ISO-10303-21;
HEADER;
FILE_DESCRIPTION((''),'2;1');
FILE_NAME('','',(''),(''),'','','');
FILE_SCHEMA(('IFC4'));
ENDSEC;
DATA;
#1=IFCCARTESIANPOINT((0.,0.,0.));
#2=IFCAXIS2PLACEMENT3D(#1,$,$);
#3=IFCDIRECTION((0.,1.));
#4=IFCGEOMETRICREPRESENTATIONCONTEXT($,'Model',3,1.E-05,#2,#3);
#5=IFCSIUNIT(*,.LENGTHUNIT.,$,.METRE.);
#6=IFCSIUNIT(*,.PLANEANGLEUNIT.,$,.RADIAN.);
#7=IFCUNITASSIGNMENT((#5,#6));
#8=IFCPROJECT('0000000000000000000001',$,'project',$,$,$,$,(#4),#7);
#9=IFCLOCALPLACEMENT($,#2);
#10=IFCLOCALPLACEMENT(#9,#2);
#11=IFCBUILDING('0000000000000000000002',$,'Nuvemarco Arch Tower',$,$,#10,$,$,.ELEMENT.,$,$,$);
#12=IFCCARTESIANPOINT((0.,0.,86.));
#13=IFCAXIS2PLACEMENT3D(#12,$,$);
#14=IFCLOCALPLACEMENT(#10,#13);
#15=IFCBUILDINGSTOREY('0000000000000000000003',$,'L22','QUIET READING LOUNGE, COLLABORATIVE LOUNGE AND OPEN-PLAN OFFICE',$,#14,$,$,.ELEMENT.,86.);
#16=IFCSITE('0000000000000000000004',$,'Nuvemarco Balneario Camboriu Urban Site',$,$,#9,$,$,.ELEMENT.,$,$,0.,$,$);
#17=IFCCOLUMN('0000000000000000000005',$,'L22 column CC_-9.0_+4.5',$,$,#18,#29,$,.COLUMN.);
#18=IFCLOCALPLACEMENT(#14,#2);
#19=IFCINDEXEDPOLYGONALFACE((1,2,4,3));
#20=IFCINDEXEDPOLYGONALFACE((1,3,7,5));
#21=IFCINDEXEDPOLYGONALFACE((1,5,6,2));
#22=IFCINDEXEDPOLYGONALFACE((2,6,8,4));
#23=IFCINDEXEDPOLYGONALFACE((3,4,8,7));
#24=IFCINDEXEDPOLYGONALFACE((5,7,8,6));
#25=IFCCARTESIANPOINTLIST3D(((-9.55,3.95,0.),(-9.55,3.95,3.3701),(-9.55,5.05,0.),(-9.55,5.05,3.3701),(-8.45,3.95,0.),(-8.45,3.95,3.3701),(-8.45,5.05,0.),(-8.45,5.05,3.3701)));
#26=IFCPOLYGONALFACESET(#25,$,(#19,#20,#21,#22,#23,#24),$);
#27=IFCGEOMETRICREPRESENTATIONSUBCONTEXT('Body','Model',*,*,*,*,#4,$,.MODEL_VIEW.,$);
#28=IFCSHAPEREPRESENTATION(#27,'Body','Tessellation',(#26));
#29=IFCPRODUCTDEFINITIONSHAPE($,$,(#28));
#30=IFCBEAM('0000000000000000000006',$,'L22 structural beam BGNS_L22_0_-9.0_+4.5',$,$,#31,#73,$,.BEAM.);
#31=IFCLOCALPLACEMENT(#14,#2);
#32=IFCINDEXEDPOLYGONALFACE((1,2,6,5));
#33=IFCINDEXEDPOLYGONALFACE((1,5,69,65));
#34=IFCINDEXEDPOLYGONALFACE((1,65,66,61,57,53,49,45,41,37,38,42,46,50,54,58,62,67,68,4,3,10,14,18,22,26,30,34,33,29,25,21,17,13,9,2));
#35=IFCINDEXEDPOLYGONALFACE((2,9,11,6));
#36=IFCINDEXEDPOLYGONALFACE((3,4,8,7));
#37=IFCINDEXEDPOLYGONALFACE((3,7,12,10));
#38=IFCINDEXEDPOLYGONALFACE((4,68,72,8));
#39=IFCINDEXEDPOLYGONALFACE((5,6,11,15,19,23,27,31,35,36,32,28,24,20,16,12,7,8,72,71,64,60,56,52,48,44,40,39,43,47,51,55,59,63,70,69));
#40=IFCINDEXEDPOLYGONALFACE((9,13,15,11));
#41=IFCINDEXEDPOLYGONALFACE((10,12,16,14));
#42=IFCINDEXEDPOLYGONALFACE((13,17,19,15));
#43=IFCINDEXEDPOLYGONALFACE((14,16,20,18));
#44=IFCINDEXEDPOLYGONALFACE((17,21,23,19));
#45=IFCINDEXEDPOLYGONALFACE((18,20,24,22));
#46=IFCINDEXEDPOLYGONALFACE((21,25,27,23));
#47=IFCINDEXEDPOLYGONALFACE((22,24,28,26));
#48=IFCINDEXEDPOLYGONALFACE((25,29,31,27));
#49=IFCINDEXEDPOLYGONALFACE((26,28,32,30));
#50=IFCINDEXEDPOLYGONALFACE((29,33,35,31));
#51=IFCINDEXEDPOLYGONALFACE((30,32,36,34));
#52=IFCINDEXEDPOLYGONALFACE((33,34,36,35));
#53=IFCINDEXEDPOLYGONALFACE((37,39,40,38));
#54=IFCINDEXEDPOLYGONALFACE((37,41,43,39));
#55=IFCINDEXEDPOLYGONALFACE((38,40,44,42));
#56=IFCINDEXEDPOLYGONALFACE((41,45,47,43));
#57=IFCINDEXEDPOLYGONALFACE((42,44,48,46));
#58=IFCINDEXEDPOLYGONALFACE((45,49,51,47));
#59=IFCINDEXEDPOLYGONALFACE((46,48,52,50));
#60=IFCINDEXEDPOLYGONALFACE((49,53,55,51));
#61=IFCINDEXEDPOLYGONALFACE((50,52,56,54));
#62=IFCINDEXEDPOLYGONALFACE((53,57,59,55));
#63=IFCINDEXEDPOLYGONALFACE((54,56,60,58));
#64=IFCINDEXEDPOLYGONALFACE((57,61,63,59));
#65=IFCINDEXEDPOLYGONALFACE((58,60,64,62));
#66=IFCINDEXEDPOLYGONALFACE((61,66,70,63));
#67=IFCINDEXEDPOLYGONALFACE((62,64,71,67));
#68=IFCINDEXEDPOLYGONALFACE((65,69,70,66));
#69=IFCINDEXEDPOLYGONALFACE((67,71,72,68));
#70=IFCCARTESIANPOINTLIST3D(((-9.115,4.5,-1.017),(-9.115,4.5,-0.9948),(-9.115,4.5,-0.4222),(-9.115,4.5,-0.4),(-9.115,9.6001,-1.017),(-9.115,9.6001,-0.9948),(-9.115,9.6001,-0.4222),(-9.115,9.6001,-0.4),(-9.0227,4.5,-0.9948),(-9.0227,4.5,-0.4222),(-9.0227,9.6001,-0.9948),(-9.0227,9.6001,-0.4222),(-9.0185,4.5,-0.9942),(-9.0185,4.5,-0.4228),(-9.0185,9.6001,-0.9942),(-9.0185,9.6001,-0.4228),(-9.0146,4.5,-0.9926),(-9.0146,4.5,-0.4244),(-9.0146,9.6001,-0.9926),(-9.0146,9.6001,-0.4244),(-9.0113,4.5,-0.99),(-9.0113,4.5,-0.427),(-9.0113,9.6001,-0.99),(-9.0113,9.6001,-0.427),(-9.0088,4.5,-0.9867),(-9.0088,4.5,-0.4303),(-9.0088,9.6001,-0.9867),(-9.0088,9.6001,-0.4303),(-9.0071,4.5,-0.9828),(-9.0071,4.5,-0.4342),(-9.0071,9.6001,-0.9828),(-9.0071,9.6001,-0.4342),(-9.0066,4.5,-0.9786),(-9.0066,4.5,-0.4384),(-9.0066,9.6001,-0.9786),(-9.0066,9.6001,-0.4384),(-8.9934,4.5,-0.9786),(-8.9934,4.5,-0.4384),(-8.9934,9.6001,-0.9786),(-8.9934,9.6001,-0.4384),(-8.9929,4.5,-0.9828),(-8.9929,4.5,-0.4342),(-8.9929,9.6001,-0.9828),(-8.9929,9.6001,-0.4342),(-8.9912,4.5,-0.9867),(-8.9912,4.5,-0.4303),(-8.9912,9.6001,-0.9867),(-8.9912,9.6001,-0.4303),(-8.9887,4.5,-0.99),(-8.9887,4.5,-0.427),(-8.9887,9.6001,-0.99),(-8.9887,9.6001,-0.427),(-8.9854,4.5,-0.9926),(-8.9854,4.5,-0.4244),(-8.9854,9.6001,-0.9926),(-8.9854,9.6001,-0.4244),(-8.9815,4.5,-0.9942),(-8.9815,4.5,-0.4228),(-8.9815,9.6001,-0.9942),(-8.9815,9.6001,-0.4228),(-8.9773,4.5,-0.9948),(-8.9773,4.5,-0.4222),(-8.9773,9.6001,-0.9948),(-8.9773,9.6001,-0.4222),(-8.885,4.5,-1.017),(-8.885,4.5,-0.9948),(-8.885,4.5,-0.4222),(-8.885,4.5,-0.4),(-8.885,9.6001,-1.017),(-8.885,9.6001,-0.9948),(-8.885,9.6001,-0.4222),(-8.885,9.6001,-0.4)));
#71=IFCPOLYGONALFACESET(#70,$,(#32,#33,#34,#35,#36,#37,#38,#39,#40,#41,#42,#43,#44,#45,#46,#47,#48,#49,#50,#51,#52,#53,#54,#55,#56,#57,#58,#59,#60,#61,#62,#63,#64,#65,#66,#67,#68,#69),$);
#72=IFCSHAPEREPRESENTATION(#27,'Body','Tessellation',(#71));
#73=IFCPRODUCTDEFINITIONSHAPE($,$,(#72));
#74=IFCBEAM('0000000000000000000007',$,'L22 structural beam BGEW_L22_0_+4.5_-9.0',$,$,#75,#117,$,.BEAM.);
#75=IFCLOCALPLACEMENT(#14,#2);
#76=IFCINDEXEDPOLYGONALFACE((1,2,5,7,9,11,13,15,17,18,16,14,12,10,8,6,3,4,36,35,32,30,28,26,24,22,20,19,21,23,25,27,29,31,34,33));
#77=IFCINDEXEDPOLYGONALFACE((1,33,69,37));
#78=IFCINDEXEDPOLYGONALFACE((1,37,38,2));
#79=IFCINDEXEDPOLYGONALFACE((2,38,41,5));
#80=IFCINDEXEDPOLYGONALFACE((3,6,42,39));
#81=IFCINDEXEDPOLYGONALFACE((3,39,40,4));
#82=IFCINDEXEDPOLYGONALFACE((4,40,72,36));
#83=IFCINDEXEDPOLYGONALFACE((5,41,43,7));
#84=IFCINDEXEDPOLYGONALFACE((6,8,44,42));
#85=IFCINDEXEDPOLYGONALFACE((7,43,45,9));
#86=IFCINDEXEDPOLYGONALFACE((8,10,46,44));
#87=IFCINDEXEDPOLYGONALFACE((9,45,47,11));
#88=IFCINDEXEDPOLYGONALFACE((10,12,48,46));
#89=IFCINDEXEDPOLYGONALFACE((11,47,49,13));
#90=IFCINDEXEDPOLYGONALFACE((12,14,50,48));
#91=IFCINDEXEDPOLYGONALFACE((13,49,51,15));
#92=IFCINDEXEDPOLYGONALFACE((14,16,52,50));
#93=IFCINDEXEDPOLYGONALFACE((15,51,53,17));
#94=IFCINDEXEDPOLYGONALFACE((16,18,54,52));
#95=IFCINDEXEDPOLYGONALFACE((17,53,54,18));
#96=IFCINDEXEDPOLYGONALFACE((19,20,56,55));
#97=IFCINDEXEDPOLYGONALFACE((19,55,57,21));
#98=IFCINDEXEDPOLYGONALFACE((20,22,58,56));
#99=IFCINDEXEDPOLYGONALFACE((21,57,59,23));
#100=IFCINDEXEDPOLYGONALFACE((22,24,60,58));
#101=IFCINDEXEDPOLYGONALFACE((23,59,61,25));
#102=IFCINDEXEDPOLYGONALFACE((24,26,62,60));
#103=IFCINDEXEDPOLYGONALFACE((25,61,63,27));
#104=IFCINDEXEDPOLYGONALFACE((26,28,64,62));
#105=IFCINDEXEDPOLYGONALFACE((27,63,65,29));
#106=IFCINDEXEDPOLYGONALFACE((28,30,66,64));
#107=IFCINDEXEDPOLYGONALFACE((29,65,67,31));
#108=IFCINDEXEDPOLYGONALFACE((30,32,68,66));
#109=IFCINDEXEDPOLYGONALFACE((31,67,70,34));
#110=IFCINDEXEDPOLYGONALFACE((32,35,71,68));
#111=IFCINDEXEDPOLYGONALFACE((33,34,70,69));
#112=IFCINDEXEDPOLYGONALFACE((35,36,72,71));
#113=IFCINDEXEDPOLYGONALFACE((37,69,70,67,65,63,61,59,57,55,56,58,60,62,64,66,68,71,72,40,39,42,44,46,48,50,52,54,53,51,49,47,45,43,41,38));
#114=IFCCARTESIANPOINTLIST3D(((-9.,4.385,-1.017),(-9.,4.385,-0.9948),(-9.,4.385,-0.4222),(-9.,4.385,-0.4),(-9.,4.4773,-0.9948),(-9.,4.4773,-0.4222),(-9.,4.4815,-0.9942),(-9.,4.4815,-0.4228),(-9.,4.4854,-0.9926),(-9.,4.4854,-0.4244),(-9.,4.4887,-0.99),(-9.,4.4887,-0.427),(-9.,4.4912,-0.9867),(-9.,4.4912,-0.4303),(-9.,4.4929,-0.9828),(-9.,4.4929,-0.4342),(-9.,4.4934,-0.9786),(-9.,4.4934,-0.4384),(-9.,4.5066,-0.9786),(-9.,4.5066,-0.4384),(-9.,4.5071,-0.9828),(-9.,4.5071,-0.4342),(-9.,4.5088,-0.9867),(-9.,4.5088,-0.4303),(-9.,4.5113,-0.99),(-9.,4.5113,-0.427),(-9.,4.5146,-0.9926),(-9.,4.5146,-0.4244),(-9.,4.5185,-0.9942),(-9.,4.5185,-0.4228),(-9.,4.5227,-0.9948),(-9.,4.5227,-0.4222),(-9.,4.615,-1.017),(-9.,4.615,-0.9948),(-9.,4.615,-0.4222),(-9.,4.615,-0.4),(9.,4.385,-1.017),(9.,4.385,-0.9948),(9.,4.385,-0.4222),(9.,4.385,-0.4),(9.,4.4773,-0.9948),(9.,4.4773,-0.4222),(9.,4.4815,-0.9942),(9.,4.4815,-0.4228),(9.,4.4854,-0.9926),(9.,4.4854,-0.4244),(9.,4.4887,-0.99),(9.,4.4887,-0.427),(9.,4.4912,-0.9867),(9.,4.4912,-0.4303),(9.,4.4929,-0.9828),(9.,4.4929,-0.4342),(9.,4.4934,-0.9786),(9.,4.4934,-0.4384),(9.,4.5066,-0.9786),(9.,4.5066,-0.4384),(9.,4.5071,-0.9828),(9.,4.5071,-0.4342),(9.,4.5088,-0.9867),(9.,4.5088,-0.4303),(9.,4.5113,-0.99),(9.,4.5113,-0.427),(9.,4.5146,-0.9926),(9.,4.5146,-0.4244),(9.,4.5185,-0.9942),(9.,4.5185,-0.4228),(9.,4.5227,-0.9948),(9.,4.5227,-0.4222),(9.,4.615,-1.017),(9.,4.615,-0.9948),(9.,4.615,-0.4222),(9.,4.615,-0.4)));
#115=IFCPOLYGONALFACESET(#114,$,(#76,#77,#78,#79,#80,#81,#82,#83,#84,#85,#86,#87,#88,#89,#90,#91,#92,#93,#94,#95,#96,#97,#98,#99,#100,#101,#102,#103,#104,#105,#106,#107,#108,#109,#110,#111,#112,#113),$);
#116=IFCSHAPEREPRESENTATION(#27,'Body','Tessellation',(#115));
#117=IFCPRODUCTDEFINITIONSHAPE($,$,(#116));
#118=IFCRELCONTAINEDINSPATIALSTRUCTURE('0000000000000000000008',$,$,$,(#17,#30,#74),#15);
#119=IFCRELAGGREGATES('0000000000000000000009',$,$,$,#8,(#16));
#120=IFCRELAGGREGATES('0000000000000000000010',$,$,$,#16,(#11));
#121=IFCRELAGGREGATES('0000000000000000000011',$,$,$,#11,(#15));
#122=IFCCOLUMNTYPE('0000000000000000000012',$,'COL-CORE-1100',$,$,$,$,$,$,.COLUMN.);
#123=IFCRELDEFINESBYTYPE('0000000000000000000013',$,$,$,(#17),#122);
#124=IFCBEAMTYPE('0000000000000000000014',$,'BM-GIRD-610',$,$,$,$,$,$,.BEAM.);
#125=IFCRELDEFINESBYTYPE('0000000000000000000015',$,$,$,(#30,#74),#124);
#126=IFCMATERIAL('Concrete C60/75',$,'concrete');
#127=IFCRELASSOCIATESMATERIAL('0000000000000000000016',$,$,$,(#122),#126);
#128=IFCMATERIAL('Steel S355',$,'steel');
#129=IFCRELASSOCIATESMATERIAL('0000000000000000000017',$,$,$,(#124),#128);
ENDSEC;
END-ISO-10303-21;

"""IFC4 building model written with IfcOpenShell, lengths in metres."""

from ifc_helpers import new_model, si_unit, direction, frame, origin, origin_2d, place, context, subcontext, project, spatial, rectangle, i_section, extrude, material, material_profile, profile_set, type_object, element, save


model = new_model("IFC4")

# Units and contexts
model_context = context("Model", 3, precision=1e-05, world=origin(), true_north=direction((0.0, 1.0)))
body_context = subcontext(model_context, "Body", "Model", "MODEL_VIEW")
ifc_project = project(units=[si_unit("LENGTHUNIT", "METRE"), si_unit("PLANEANGLEUNIT", "RADIAN")], contexts=[model_context])

# Site, building, storey
site_placement = place(None, origin())
site = spatial("IfcSite", under=ifc_project, at=site_placement, Name="Nuvemarco Balneario Camboriu Urban Site", CompositionType="ELEMENT", RefElevation=0.0)
building_placement = place(site_placement, origin())
building = spatial("IfcBuilding", under=site, at=building_placement, Name="Nuvemarco Arch Tower", CompositionType="ELEMENT")
storey_placement = place(building_placement, frame((0.0, 0.0, 86.0)))
storey = spatial("IfcBuildingStorey", under=building, at=storey_placement, Name="L22", Description="QUIET READING LOUNGE, COLLABORATIVE LOUNGE AND OPEN-PLAN OFFICE", CompositionType="ELEMENT", Elevation=86.0)

# Column
ifc_material_1 = material(Name="Concrete C60/75", Category="concrete")
ifc_material_profile_1 = material_profile(ifc_material_1, rectangle(XDim=1.1001, YDim=1.1001, at=origin_2d()), Name="RC-COL-1100x1100")
ifc_profile_set_1 = profile_set([ifc_material_profile_1], Name="Concrete C60/75")
column_type = type_object("IfcColumnType", Name="COL-CORE-1100", PredefinedType="COLUMN", material=ifc_profile_set_1)
column_placement = place(storey_placement, frame((-9.0, 4.5, 0.0), z_axis=(0.0, 0.0, 1.0), x_axis=(1.0, 0.0, 0.0)))
element("IfcColumn", 1, at=column_placement, inside=storey, type_object=column_type, Name="L22 column CC_-9.0_+4.5", PredefinedType="COLUMN", context=body_context, shape_type="SweptSolid", body=[
    extrude(rectangle(XDim=1.1001, YDim=1.1001, at=origin_2d()), origin(), (0.0, 0.0, 1.0), 3.3701),
])

# Beams
ifc_material_2 = material(Name="Steel S355", Category="steel")
ifc_material_profile_2 = material_profile(ifc_material_2, i_section(OverallWidth=0.23, OverallDepth=0.6169, WebThickness=0.0132, FlangeThickness=0.0222, FilletRadius=0.0161, at=origin_2d()), Name="W610x140")
ifc_profile_set_2 = profile_set([ifc_material_profile_2], Name="Steel S355")
beam_type = type_object("IfcBeamType", Name="BM-GIRD-610", PredefinedType="BEAM", material=ifc_profile_set_2)
beam_1_placement = place(storey_placement, frame((-9.0, 4.5, -0.7085), z_axis=(0.0, 1.0, 0.0), x_axis=(-1.0, 0.0, 0.0)))
element("IfcBeam", 2, at=beam_1_placement, inside=storey, type_object=beam_type, Name="L22 structural beam BGNS_L22_0_-9.0_+4.5", PredefinedType="BEAM", context=body_context, shape_type="SweptSolid", body=[
    extrude(i_section(OverallWidth=0.23, OverallDepth=0.6169, WebThickness=0.0132, FlangeThickness=0.0222, FilletRadius=0.0161, at=origin_2d()), origin(), (0.0, 0.0, 1.0), 5.1001),
])
beam_2_placement = place(storey_placement, frame((-9.0, 4.5, -0.7085), z_axis=(1.0, 0.0, 0.0), x_axis=(0.0, 1.0, 0.0)))
element("IfcBeam", 3, at=beam_2_placement, inside=storey, type_object=beam_type, Name="L22 structural beam BGEW_L22_0_+4.5_-9.0", PredefinedType="BEAM", context=body_context, shape_type="SweptSolid", body=[
    extrude(i_section(OverallWidth=0.23, OverallDepth=0.6169, WebThickness=0.0132, FlangeThickness=0.0222, FilletRadius=0.0161, at=origin_2d()), origin(), (0.0, 0.0, 1.0), 18.0),
])

save(model, "model.ifc")
